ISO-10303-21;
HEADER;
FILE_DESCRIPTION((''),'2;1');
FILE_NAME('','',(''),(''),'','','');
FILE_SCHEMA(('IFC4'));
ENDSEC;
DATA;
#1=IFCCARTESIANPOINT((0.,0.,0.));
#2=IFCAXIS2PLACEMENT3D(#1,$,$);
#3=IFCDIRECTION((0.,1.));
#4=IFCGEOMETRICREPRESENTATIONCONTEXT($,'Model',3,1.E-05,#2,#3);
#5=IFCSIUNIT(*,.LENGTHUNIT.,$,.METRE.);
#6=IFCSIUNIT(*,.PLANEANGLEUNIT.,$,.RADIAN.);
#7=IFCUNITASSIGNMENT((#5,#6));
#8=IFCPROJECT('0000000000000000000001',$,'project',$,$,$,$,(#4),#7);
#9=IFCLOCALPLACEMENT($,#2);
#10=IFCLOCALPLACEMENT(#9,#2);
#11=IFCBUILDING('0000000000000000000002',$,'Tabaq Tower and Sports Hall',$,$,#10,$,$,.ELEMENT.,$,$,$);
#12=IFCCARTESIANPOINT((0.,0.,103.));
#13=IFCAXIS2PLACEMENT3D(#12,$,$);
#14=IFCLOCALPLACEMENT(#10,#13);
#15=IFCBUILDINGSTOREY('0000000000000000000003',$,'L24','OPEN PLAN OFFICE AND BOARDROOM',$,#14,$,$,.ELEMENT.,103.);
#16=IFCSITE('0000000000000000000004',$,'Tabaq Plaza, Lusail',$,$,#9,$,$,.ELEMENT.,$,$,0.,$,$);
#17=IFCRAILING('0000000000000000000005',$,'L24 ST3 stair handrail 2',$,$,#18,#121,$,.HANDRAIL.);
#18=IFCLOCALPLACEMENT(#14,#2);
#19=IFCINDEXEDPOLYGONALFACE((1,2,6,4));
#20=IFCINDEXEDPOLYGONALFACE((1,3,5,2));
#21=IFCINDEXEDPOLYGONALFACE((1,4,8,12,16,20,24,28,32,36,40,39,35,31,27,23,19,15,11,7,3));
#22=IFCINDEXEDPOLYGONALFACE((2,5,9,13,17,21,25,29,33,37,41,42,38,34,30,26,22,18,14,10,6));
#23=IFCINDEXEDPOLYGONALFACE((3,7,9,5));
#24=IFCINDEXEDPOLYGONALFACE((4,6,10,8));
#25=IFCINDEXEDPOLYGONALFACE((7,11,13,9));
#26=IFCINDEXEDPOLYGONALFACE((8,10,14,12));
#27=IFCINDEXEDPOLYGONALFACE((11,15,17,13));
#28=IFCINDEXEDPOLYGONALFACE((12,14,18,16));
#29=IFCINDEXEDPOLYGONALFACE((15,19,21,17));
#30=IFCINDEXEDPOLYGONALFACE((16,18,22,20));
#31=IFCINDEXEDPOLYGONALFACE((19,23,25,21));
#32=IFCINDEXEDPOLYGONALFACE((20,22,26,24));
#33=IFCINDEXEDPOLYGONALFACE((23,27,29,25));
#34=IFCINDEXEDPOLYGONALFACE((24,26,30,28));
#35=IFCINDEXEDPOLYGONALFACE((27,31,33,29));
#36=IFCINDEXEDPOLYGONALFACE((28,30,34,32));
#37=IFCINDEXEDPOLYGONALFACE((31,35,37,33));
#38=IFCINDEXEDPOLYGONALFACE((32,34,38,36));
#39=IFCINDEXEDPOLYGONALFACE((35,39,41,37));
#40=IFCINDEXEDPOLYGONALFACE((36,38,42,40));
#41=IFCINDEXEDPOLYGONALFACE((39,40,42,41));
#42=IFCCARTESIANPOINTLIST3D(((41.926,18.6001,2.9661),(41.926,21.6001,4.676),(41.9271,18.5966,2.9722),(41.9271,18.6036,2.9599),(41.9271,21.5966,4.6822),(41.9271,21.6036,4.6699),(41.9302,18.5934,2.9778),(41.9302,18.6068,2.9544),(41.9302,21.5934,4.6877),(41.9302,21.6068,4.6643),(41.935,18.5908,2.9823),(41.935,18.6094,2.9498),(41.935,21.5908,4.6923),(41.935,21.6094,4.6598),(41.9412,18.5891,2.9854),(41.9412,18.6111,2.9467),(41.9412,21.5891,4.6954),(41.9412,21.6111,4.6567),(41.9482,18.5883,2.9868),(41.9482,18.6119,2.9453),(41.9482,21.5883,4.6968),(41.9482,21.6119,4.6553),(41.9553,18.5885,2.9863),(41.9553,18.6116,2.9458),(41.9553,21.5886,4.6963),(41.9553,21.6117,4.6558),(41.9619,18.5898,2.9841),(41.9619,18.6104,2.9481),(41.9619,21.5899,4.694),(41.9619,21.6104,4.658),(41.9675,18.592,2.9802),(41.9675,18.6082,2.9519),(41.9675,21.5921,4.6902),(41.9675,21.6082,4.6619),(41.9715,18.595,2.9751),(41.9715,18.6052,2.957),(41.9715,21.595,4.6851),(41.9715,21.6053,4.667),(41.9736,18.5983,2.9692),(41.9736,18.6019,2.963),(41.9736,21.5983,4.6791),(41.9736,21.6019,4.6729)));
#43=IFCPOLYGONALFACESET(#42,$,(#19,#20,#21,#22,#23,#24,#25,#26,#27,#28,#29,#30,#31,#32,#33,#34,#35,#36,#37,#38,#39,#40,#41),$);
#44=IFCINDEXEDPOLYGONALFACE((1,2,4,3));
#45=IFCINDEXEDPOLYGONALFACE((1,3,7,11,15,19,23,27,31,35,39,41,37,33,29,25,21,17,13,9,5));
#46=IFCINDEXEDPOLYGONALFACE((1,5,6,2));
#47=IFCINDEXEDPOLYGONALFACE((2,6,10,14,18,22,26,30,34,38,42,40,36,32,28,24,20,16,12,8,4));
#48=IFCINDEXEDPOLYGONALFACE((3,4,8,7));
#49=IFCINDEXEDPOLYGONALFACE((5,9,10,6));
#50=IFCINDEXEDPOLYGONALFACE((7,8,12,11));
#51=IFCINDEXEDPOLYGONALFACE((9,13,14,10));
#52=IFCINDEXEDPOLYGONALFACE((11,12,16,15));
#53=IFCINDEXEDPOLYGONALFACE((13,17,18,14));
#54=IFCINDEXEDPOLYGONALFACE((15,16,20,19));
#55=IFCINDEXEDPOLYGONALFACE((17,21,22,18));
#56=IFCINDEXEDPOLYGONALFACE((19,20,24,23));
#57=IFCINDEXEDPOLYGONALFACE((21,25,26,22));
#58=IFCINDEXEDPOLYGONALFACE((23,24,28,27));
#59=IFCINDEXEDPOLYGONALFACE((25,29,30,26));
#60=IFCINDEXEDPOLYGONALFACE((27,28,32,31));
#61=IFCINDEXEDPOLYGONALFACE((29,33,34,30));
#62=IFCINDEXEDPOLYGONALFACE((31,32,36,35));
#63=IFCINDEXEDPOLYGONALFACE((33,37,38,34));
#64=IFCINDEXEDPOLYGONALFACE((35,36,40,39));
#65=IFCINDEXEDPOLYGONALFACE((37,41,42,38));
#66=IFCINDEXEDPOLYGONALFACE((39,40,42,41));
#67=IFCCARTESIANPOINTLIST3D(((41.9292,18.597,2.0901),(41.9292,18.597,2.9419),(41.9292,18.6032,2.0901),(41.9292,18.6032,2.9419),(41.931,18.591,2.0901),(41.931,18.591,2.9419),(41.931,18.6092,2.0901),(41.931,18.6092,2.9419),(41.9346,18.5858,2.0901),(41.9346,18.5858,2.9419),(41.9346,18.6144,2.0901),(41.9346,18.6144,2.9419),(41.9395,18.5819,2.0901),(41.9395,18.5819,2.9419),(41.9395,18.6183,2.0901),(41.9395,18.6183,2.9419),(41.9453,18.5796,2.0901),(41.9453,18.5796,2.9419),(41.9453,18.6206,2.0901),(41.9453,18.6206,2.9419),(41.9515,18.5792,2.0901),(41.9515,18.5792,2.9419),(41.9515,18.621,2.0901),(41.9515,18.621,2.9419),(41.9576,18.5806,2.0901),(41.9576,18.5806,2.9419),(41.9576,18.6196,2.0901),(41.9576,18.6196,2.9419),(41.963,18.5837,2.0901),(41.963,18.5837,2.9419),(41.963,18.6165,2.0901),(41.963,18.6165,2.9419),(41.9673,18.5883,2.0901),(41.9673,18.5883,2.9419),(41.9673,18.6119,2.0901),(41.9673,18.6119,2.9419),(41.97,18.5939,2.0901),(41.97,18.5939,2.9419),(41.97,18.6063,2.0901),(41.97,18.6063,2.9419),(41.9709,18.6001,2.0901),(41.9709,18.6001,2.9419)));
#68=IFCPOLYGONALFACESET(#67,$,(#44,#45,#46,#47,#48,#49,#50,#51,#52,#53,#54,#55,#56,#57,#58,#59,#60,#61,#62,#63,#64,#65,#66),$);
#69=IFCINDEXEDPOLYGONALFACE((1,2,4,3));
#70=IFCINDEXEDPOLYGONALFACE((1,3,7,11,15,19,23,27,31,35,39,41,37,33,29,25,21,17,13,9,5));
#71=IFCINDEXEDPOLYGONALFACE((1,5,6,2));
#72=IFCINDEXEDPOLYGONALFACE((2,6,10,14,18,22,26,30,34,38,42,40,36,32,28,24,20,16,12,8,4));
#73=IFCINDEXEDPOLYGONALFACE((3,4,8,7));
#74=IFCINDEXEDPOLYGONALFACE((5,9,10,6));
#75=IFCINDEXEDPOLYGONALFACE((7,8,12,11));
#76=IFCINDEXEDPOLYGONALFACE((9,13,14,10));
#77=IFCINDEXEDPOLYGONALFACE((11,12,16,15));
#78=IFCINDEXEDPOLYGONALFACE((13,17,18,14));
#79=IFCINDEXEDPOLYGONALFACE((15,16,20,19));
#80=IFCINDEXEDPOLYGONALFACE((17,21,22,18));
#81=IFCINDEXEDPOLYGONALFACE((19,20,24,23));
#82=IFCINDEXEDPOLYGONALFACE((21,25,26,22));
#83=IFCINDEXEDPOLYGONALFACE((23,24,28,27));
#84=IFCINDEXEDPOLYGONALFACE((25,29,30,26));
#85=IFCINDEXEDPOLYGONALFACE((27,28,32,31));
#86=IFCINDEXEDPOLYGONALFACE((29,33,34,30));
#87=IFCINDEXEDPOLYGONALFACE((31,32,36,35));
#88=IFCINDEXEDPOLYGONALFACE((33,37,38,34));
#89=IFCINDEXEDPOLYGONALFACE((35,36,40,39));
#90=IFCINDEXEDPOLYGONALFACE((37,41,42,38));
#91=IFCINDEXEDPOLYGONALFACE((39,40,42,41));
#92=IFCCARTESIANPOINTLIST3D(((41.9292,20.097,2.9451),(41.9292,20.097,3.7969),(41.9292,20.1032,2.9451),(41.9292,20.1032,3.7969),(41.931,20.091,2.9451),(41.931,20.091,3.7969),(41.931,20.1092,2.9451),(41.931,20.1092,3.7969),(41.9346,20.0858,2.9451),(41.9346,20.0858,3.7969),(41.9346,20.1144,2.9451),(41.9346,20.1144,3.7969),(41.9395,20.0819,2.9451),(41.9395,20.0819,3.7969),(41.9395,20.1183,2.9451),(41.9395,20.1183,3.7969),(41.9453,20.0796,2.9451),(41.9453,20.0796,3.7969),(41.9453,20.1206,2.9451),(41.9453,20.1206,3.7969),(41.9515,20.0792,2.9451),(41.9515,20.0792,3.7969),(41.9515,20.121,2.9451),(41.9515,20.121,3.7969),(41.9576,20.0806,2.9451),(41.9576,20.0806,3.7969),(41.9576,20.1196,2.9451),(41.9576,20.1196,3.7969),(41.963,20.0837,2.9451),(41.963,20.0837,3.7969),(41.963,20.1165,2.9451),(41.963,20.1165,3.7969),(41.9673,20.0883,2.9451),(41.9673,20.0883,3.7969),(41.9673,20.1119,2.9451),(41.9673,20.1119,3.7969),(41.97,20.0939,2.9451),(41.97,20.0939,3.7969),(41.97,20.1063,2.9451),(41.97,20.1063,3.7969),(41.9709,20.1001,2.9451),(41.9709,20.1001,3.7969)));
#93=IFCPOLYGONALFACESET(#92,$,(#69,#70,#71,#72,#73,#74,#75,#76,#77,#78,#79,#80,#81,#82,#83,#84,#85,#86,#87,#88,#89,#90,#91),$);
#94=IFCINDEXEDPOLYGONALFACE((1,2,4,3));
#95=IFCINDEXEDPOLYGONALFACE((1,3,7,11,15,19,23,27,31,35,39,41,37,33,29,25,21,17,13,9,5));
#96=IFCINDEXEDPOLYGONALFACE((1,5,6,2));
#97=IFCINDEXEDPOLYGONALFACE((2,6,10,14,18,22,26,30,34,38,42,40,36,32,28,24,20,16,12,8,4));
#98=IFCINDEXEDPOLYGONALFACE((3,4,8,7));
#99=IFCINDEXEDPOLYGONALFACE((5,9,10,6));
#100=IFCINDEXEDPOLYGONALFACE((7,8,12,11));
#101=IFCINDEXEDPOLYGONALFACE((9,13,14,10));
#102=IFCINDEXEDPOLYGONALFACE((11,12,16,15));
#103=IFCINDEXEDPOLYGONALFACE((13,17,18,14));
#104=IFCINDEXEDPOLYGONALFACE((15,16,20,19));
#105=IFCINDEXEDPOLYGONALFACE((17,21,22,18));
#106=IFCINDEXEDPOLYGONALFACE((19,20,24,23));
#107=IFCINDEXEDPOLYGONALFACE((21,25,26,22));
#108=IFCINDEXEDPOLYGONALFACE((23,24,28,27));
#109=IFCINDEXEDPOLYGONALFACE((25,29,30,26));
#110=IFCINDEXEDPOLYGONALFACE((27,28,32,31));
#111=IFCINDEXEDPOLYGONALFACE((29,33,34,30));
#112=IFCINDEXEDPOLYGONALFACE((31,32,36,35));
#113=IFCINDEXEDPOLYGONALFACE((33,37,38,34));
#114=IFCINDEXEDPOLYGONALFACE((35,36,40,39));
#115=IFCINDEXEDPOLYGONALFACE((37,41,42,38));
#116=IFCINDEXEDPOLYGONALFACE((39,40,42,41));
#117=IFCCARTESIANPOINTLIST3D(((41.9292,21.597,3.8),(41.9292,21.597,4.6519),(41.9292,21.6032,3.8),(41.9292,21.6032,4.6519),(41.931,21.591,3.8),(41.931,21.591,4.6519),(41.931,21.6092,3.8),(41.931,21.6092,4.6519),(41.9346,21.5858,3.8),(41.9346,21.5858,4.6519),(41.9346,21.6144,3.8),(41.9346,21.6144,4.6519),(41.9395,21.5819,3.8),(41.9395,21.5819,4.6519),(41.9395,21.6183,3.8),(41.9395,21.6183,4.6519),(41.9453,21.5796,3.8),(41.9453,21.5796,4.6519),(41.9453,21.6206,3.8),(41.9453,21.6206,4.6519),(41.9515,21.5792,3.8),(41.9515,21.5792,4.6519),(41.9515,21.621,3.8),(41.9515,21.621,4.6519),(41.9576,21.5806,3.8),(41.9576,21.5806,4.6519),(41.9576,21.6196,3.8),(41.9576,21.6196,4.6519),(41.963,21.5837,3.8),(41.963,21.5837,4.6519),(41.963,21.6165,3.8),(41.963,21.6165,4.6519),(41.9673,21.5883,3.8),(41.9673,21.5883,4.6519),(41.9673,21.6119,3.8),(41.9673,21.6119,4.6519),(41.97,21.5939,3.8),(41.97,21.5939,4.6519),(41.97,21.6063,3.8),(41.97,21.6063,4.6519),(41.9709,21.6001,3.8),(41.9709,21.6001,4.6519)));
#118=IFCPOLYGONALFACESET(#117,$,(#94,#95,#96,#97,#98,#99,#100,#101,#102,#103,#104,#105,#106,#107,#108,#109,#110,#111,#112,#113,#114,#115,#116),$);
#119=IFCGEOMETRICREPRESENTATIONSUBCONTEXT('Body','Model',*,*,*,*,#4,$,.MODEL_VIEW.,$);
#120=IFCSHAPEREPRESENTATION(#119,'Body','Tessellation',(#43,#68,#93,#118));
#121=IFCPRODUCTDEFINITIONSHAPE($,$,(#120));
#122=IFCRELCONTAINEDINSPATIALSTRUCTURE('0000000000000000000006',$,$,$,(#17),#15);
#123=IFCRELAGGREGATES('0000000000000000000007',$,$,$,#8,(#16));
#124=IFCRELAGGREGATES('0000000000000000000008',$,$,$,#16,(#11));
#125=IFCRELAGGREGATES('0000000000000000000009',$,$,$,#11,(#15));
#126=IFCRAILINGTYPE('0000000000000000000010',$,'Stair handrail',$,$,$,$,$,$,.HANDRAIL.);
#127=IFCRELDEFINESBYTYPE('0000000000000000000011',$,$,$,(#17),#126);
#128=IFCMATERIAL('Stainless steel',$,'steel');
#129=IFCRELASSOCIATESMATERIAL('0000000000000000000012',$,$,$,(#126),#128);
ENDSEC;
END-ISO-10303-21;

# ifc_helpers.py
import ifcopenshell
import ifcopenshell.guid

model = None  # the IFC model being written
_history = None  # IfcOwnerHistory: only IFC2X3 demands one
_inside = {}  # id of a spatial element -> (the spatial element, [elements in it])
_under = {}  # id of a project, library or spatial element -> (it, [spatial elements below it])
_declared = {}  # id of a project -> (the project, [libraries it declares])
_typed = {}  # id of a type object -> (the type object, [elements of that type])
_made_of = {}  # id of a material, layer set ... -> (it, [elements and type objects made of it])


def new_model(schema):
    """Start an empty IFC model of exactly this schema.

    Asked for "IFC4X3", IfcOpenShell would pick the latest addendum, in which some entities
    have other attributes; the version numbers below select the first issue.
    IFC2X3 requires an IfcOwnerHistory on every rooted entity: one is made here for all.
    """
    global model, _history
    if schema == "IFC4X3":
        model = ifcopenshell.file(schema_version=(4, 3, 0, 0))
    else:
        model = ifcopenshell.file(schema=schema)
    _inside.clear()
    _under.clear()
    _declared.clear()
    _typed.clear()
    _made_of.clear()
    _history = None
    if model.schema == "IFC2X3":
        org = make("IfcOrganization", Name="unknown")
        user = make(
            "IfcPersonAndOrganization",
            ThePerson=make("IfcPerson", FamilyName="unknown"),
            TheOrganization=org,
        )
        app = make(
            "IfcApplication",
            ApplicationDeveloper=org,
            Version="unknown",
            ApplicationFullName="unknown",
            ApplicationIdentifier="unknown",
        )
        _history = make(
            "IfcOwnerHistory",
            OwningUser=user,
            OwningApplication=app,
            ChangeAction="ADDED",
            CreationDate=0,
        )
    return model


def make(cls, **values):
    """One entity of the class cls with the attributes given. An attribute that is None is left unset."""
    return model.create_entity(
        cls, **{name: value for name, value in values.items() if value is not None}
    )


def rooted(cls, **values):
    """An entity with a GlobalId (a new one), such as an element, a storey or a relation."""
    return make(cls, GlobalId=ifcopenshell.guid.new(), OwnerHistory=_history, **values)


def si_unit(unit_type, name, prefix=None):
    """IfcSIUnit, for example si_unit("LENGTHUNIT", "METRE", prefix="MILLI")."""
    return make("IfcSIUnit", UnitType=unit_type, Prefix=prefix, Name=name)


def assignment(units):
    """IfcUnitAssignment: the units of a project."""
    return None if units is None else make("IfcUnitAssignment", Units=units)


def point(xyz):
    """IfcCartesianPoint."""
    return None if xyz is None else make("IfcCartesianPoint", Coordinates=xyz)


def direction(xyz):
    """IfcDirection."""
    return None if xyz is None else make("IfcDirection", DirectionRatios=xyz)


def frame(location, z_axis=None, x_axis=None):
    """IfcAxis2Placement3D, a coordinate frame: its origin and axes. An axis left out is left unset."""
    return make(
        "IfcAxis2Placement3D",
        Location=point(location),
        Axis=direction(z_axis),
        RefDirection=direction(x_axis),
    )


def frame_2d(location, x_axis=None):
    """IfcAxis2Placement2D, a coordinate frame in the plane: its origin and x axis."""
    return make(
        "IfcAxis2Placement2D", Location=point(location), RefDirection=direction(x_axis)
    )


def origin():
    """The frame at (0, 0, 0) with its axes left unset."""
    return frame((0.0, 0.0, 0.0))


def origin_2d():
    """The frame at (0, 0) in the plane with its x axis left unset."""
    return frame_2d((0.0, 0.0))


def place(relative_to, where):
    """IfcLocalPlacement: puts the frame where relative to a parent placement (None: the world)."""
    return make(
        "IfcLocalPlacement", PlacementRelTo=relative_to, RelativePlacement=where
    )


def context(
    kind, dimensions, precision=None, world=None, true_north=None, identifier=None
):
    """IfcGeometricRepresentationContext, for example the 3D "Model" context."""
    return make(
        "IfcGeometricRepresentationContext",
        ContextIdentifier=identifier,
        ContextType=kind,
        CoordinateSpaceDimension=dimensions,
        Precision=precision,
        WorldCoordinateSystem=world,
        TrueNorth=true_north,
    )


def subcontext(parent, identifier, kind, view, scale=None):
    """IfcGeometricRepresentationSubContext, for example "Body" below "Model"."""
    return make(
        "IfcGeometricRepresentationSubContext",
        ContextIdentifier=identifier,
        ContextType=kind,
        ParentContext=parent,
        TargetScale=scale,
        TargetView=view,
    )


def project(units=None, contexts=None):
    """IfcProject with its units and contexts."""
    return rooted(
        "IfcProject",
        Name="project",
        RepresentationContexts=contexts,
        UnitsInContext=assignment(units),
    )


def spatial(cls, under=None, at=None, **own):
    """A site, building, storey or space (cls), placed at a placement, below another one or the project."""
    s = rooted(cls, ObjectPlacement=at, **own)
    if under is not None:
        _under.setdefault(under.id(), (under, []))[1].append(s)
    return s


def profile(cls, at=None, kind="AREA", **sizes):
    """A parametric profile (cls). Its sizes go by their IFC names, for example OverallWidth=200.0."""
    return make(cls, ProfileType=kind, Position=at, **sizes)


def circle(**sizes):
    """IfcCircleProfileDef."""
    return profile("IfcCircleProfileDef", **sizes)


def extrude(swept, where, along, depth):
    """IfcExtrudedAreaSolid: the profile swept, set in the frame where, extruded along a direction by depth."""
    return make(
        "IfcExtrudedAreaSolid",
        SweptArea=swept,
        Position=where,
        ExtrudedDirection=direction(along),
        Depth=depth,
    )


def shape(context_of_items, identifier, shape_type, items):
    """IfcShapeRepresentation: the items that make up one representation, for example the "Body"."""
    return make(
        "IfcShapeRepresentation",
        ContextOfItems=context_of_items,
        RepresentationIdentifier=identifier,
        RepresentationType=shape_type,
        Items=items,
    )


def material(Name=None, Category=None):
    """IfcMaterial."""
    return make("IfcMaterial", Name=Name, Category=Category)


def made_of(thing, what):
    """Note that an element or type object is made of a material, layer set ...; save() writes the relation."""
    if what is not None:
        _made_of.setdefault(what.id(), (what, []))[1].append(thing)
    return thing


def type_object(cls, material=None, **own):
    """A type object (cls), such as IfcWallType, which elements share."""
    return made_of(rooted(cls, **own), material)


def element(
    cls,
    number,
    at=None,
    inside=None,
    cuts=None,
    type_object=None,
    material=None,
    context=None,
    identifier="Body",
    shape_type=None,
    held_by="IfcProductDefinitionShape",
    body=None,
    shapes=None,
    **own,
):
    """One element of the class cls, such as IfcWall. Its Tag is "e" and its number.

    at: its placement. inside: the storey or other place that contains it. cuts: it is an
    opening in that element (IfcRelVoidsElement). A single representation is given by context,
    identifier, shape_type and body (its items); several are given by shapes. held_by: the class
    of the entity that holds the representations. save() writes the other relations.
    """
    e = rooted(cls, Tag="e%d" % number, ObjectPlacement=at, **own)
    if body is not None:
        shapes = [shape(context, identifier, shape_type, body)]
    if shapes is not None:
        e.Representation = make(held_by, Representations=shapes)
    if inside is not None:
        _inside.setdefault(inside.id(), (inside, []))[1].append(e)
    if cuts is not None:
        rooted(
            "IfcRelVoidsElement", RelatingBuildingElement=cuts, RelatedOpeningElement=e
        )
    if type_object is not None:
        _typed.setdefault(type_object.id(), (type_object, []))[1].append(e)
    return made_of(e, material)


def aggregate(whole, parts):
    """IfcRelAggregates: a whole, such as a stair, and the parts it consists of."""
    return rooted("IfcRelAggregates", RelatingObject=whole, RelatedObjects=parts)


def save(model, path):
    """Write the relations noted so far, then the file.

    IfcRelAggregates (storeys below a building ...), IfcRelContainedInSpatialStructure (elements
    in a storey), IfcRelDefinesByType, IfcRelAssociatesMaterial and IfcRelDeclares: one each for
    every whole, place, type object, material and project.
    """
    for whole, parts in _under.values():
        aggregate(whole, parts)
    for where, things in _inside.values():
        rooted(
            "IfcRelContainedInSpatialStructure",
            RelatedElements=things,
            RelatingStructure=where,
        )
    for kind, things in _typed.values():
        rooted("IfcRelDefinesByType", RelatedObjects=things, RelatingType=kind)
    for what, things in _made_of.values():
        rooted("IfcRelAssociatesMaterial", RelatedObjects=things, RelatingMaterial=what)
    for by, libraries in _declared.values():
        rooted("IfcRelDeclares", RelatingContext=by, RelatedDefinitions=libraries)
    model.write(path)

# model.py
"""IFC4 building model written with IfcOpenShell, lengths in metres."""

from ifc_helpers import new_model, si_unit, direction, frame, origin, origin_2d, place, context, subcontext, project, spatial, circle, extrude, material, type_object, element, save


model = new_model("IFC4")

# Units and contexts
model_context = context("Model", 3, precision=1e-05, world=origin(), true_north=direction((0.0, 1.0)))
body_context = subcontext(model_context, "Body", "Model", "MODEL_VIEW")
ifc_project = project(units=[si_unit("LENGTHUNIT", "METRE"), si_unit("PLANEANGLEUNIT", "RADIAN")], contexts=[model_context])

# Site, building, storey
site_placement = place(None, origin())
site = spatial("IfcSite", under=ifc_project, at=site_placement, Name="Tabaq Plaza, Lusail", CompositionType="ELEMENT", RefElevation=0.0)
building_placement = place(site_placement, origin())
building = spatial("IfcBuilding", under=site, at=building_placement, Name="Tabaq Tower and Sports Hall", CompositionType="ELEMENT")
storey_placement = place(building_placement, frame((0.0, 0.0, 103.0)))
storey = spatial("IfcBuildingStorey", under=building, at=storey_placement, Name="L24", Description="OPEN PLAN OFFICE AND BOARDROOM", CompositionType="ELEMENT", Elevation=103.0)

# Railing
ifc_material_1 = material(Name="Stainless steel", Category="steel")
railing_type_1 = type_object("IfcRailingType", Name="Stair handrail", PredefinedType="HANDRAIL", material=ifc_material_1)
railing_1_placement = place(storey_placement, frame((41.95, 18.6001, 2.0901)))
element("IfcRailing", 1, at=railing_1_placement, inside=storey, type_object=railing_type_1, Name="L24 ST3 stair handrail 2", PredefinedType="HANDRAIL", context=body_context, shape_type="SweptSolid", body=[
    extrude(circle(Radius=0.0239, at=origin_2d()), frame((0.0, 0.0, 0.876), z_axis=(0.0, 0.868782, 0.495195), x_axis=(-1.0, 0.0, 0.0)), (0.0, 0.0, 1.0), 3.4531),
    extrude(circle(Radius=0.021, at=origin_2d()), origin(), (0.0, 0.0, 1.0), 0.8518),
    extrude(circle(Radius=0.021, at=origin_2d()), frame((0.0, 1.5, 0.855)), (0.0, 0.0, 1.0), 0.8518),
    extrude(circle(Radius=0.021, at=origin_2d()), frame((0.0, 3.0, 1.71)), (0.0, 0.0, 1.0), 0.8518),
])

save(model, "model.ifc")
